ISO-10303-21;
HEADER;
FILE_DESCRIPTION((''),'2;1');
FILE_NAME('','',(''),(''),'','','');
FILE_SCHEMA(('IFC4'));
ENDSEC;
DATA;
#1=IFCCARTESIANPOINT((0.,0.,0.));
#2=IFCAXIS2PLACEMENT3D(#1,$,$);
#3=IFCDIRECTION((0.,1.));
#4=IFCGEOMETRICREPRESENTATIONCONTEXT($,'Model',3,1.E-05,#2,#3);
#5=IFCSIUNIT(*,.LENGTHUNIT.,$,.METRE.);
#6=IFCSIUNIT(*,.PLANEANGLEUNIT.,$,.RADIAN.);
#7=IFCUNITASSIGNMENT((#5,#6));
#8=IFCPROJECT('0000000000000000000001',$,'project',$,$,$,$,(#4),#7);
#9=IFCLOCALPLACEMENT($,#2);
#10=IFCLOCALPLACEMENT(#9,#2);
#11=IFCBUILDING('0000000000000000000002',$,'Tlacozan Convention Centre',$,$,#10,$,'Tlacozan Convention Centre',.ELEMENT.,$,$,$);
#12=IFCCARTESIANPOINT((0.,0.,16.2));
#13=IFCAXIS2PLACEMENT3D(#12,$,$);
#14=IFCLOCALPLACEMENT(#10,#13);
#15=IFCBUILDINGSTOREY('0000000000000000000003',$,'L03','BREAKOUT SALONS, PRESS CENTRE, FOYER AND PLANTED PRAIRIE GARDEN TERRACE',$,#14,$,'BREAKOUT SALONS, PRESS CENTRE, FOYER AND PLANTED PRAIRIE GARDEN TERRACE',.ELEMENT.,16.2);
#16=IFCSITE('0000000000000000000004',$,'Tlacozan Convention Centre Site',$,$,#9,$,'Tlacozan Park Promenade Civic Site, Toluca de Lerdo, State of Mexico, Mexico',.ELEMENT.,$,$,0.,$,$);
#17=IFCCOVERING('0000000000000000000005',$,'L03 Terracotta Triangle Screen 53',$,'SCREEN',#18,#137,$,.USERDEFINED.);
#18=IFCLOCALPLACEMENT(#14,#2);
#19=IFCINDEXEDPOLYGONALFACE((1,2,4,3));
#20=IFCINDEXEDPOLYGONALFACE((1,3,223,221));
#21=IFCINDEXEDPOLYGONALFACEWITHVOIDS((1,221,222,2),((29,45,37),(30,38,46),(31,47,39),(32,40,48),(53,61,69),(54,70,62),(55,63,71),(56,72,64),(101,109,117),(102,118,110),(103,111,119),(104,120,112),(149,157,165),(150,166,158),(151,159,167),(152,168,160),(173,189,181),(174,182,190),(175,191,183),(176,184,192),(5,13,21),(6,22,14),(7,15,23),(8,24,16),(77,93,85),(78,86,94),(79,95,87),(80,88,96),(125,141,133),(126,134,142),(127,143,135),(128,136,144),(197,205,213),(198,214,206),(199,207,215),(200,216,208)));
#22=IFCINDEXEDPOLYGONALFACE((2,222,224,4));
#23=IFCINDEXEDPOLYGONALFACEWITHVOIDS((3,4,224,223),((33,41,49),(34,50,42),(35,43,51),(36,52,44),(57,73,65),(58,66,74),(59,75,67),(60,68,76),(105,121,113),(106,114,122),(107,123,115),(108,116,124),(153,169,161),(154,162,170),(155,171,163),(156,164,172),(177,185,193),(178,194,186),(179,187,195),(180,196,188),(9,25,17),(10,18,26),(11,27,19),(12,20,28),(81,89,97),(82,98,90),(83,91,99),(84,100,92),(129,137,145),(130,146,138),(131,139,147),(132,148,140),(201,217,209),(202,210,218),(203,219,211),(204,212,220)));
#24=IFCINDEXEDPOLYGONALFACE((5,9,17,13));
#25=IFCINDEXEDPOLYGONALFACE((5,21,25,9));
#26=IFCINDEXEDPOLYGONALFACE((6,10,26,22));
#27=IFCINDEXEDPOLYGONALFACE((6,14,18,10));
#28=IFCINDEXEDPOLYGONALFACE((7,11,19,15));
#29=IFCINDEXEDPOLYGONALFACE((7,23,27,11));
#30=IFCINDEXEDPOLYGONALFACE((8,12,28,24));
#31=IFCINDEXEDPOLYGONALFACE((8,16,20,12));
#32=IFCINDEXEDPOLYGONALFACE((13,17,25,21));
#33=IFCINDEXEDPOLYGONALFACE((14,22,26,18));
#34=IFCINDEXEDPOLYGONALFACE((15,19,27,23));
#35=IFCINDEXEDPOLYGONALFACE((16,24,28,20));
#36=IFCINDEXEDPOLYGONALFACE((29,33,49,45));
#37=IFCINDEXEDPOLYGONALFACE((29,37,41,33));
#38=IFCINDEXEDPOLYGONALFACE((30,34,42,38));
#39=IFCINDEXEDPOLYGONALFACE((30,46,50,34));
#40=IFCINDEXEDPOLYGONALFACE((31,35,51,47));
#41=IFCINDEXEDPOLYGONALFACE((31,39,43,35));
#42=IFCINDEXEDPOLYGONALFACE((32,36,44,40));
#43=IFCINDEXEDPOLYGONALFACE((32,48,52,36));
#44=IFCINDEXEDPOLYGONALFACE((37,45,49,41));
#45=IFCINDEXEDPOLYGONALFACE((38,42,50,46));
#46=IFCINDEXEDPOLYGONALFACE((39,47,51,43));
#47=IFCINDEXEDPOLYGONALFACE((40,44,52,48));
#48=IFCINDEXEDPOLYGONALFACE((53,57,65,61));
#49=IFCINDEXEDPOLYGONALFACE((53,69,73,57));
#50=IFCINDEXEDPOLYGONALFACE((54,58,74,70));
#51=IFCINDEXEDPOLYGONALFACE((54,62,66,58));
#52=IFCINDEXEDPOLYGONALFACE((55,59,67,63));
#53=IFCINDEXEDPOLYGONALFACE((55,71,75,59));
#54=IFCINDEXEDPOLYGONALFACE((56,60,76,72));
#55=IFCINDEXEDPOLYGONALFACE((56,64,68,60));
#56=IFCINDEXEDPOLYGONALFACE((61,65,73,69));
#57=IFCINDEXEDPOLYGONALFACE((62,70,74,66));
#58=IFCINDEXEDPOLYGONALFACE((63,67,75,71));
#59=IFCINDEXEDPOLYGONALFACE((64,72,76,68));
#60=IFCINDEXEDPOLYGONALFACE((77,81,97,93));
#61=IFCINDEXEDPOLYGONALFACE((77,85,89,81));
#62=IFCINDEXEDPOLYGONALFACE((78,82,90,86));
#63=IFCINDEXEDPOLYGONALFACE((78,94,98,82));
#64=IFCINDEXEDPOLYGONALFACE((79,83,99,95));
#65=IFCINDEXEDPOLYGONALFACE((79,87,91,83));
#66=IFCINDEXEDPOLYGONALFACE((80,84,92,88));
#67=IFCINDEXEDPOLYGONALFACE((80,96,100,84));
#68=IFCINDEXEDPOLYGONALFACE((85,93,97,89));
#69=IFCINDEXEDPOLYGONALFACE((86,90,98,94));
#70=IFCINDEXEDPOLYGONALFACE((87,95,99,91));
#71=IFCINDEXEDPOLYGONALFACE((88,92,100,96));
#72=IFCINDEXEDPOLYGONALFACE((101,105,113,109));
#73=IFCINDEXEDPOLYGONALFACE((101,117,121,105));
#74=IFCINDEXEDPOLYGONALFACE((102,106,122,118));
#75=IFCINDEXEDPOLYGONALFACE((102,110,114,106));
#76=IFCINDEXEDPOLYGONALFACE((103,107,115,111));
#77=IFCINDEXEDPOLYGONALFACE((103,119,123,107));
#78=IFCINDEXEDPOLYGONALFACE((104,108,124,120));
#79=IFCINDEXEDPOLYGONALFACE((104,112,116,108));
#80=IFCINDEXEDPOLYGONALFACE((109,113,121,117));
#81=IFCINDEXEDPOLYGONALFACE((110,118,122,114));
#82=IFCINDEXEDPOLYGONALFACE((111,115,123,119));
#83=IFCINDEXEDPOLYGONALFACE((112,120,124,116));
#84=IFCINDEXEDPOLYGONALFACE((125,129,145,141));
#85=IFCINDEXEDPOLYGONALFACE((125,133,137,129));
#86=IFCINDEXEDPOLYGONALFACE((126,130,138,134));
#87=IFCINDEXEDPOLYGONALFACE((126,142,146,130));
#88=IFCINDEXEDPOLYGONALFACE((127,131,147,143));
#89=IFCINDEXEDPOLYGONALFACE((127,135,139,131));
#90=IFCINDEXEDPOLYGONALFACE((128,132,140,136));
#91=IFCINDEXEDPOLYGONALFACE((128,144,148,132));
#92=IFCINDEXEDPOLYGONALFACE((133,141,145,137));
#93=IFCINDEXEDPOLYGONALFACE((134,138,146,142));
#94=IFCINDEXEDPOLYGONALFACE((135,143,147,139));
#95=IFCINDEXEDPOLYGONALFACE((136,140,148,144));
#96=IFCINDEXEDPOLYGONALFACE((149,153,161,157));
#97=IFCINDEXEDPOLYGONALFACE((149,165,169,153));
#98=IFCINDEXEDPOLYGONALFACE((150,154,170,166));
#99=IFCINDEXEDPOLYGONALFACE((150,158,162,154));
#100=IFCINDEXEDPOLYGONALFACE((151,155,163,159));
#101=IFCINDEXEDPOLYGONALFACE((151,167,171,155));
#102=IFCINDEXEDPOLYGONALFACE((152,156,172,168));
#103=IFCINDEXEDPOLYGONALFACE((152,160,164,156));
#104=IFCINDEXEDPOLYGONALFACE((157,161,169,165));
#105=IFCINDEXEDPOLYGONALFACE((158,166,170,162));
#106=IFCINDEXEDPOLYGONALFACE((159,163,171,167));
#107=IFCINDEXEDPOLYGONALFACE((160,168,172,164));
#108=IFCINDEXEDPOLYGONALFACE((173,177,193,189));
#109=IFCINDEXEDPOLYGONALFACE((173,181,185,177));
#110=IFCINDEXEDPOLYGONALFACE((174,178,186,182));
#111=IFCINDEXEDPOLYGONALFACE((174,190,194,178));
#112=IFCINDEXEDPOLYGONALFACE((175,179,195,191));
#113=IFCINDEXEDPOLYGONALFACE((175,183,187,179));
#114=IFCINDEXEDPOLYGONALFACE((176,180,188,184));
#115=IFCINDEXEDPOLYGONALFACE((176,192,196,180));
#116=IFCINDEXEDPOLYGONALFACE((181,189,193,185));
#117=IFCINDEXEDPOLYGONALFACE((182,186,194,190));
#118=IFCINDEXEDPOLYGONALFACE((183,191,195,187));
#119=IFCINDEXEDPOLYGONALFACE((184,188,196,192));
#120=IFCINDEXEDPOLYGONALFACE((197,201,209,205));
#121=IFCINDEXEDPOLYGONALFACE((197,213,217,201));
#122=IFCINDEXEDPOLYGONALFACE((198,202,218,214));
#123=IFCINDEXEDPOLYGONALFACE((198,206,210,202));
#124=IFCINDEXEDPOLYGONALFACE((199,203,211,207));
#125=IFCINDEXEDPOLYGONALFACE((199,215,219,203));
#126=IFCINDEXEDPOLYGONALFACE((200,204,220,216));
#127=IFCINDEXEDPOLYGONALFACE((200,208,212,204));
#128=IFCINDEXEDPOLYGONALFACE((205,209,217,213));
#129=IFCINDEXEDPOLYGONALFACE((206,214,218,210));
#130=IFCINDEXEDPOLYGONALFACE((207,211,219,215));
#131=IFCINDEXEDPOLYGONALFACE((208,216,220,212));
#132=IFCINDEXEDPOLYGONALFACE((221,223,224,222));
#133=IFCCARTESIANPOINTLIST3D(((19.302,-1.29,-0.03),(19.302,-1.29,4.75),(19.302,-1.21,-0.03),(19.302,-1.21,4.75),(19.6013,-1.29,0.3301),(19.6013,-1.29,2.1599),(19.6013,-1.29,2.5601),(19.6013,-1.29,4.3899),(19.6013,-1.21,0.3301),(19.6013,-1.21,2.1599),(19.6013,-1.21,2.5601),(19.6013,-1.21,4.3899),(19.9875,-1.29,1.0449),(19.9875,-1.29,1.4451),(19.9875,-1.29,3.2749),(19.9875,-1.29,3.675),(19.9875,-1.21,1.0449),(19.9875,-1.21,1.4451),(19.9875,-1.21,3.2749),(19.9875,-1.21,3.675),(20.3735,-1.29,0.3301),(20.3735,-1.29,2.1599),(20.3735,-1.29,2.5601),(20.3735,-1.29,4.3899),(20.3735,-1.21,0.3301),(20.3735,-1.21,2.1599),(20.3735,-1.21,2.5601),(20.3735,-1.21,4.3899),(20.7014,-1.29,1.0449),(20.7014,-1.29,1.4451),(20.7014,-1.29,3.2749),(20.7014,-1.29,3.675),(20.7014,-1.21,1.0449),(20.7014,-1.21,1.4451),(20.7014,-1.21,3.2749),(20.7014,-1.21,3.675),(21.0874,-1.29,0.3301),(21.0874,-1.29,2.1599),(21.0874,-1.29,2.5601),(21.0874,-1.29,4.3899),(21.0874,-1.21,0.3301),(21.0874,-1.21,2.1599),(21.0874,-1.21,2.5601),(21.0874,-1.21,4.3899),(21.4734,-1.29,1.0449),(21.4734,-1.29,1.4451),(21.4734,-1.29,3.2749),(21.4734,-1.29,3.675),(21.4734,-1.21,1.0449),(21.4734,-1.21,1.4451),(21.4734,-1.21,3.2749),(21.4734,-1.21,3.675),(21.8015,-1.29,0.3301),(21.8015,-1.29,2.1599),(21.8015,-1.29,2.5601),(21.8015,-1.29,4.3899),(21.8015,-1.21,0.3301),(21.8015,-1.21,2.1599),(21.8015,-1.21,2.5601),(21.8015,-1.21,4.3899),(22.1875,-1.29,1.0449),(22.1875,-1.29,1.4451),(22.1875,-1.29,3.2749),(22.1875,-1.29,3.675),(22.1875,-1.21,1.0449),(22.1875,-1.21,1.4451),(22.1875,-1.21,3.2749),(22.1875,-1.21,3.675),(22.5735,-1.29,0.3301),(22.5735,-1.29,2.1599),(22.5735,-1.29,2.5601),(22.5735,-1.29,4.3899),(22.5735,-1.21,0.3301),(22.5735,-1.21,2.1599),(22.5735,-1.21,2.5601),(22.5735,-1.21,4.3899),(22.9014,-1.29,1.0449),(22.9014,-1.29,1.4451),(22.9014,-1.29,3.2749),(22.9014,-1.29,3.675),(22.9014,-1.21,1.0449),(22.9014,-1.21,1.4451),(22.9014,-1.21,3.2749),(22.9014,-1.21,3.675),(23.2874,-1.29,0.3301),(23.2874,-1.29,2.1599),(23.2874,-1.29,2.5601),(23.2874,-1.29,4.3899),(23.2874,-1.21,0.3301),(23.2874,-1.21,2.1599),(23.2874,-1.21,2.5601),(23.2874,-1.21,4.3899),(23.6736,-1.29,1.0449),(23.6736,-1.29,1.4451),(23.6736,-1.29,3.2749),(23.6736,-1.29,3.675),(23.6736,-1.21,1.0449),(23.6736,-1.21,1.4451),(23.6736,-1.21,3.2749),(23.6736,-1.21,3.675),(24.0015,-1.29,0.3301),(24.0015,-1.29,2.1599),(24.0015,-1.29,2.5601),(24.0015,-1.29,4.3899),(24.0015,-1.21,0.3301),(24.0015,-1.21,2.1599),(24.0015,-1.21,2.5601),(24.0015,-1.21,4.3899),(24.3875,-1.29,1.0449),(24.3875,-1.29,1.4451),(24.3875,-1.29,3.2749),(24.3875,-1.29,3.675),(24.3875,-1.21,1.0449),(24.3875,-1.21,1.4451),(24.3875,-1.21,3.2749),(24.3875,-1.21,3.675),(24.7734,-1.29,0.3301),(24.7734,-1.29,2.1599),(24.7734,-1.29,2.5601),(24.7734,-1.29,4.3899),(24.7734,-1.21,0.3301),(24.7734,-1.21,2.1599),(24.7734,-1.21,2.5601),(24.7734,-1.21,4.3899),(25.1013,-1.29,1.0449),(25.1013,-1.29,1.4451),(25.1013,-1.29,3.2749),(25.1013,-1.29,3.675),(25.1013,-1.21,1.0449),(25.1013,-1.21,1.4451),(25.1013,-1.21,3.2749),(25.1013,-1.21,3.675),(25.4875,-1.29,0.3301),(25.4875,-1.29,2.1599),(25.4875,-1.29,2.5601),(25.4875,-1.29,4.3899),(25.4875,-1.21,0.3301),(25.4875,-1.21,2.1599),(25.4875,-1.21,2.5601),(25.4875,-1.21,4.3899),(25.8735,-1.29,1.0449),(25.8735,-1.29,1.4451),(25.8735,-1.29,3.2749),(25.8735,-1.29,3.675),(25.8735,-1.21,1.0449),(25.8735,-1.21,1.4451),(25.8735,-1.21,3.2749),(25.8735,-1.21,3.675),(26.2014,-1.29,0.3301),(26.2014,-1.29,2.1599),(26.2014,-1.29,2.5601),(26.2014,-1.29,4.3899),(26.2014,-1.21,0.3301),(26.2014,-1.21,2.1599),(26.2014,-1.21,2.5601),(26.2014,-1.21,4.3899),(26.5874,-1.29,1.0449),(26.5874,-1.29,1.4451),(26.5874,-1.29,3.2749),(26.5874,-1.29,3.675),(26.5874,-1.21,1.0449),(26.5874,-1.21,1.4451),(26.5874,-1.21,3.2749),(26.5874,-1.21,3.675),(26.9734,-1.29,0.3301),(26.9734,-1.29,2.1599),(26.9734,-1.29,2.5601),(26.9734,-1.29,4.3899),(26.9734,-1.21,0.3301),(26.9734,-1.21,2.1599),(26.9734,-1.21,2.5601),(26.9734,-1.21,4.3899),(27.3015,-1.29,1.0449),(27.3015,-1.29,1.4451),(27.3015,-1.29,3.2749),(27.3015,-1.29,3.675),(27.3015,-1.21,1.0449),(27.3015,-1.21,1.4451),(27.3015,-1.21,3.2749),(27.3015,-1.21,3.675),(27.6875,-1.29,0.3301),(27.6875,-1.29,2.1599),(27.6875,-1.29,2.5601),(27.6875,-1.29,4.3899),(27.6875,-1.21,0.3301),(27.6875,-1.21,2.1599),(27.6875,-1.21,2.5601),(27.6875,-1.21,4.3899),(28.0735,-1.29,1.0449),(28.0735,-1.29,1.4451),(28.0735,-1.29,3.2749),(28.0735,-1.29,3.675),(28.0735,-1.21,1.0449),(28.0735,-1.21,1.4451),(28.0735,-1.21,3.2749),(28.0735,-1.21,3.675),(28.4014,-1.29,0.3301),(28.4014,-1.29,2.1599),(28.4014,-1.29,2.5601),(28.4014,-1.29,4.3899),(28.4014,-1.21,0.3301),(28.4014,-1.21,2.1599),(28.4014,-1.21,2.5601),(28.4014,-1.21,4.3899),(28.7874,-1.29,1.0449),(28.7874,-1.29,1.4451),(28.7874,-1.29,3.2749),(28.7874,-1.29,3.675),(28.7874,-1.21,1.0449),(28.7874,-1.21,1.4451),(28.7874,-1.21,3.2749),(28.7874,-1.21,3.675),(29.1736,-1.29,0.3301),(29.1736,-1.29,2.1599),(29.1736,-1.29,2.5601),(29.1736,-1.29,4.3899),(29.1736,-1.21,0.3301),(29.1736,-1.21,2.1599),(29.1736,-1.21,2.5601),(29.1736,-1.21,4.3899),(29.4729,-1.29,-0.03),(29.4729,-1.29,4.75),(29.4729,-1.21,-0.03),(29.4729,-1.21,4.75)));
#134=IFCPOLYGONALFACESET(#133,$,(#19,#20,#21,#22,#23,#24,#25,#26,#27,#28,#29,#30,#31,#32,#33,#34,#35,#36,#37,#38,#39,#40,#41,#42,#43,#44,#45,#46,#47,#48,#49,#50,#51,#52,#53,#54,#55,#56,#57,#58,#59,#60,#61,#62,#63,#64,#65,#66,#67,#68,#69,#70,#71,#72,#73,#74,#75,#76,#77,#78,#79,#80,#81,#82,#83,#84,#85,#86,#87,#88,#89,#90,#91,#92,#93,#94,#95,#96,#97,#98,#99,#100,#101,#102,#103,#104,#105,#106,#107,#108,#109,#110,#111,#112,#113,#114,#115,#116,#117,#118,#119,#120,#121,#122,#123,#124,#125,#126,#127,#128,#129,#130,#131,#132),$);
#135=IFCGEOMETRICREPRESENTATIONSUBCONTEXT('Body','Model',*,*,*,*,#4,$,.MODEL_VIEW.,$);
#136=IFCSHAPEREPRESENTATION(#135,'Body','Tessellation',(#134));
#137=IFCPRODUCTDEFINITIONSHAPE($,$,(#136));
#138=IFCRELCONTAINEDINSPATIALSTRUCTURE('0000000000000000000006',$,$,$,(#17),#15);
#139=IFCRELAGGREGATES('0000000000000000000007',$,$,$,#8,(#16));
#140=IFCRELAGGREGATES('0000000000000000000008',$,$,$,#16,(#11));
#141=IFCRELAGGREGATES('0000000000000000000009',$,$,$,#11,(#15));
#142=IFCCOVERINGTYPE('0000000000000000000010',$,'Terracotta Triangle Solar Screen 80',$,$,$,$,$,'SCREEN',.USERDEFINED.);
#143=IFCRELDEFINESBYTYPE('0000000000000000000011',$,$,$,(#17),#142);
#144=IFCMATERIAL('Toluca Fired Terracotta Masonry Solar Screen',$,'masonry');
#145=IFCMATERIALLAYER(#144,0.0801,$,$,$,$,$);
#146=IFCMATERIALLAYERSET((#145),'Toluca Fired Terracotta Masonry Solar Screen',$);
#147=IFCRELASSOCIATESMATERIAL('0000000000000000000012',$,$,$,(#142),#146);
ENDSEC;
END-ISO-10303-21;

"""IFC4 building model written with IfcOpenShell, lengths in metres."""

from ifc_helpers import new_model, si_unit, direction, frame, origin, place, context, subcontext, project, spatial, polyline, outline, extrude, material, layer, layer_set, type_object, element, save


model = new_model("IFC4")

# Units and contexts
model_context = context("Model", 3, precision=1e-05, world=origin(), true_north=direction((0.0, 1.0)))
body_context = subcontext(model_context, "Body", "Model", "MODEL_VIEW")
ifc_project = project(units=[si_unit("LENGTHUNIT", "METRE"), si_unit("PLANEANGLEUNIT", "RADIAN")], contexts=[model_context])

# Site, building, storey
site_placement = place(None, origin())
site = spatial("IfcSite", under=ifc_project, at=site_placement, Name="Tlacozan Convention Centre Site", LongName="Tlacozan Park Promenade Civic Site, Toluca de Lerdo, State of Mexico, Mexico", CompositionType="ELEMENT", RefElevation=0.0)
building_placement = place(site_placement, origin())
building = spatial("IfcBuilding", under=site, at=building_placement, Name="Tlacozan Convention Centre", LongName="Tlacozan Convention Centre", CompositionType="ELEMENT")
storey_placement = place(building_placement, frame((0.0, 0.0, 16.2)))
storey = spatial("IfcBuildingStorey", under=building, at=storey_placement, Name="L03", Description="BREAKOUT SALONS, PRESS CENTRE, FOYER AND PLANTED PRAIRIE GARDEN TERRACE", LongName="BREAKOUT SALONS, PRESS CENTRE, FOYER AND PLANTED PRAIRIE GARDEN TERRACE", CompositionType="ELEMENT", Elevation=16.2)

# Covering
ifc_material_1 = material(Name="Toluca Fired Terracotta Masonry Solar Screen", Category="masonry")
ifc_layer_1 = layer(ifc_material_1, 0.0801)
ifc_layer_set_1 = layer_set([ifc_layer_1], Name="Toluca Fired Terracotta Masonry Solar Screen")
covering_type = type_object("IfcCoveringType", Name="Terracotta Triangle Solar Screen 80", ElementType="SCREEN", PredefinedType="USERDEFINED", material=ifc_layer_set_1)
covering_1_placement = place(storey_placement, frame((19.302, -1.25, -0.03), z_axis=(0.0, 0.0, 1.0), x_axis=(1.0, 0.0, 0.0)))
element("IfcCovering", 1, at=covering_1_placement, inside=storey, type_object=covering_type, Name="L03 Terracotta Triangle Screen 53", ObjectType="SCREEN", PredefinedType="USERDEFINED", context=body_context, shape_type="SweptSolid", body=[
    extrude(outline(polyline([(0.0, 0.0), (10.1709, 0.0), (10.1709, 4.78), (0.0, 4.78), (0.0, 0.0)]), holes=[polyline([(0.2993, 0.3601), (1.0715, 0.3601), (0.6855, 1.075), (0.2993, 0.3601)]), polyline([(1.3994, 1.075), (2.1714, 1.075), (1.7854, 0.3601), (1.3994, 1.075)]), polyline([(2.4995, 0.3601), (3.2715, 0.3601), (2.8855, 1.075), (2.4995, 0.3601)]), polyline([(3.5994, 1.075), (4.3716, 1.075), (3.9854, 0.3601), (3.5994, 1.075)]), polyline([(4.6995, 0.3601), (5.4714, 0.3601), (5.0854, 1.075), (4.6995, 0.3601)]), polyline([(5.7993, 1.075), (6.5715, 1.075), (6.1855, 0.3601), (5.7993, 1.075)]), polyline([(6.8994, 0.3601), (7.6714, 0.3601), (7.2854, 1.075), (6.8994, 0.3601)]), polyline([(7.9995, 1.075), (8.7715, 1.075), (8.3855, 0.3601), (7.9995, 1.075)]), polyline([(9.0994, 0.3601), (9.8716, 0.3601), (9.4854, 1.075), (9.0994, 0.3601)]), polyline([(0.2993, 2.1899), (1.0715, 2.1899), (0.6855, 1.4751), (0.2993, 2.1899)]), polyline([(1.3994, 1.4751), (2.1714, 1.4751), (1.7854, 2.1899), (1.3994, 1.4751)]), polyline([(2.4995, 2.1899), (3.2715, 2.1899), (2.8855, 1.4751), (2.4995, 2.1899)]), polyline([(3.5994, 1.4751), (4.3716, 1.4751), (3.9854, 2.1899), (3.5994, 1.4751)]), polyline([(4.6995, 2.1899), (5.4714, 2.1899), (5.0854, 1.4751), (4.6995, 2.1899)]), polyline([(5.7993, 1.4751), (6.5715, 1.4751), (6.1855, 2.1899), (5.7993, 1.4751)]), polyline([(6.8994, 2.1899), (7.6714, 2.1899), (7.2854, 1.4751), (6.8994, 2.1899)]), polyline([(7.9995, 1.4751), (8.7715, 1.4751), (8.3855, 2.1899), (7.9995, 1.4751)]), polyline([(9.0994, 2.1899), (9.8716, 2.1899), (9.4854, 1.4751), (9.0994, 2.1899)]), polyline([(0.2993, 2.5901), (1.0715, 2.5901), (0.6855, 3.3049), (0.2993, 2.5901)]), polyline([(1.3994, 3.3049), (2.1714, 3.3049), (1.7854, 2.5901), (1.3994, 3.3049)]), polyline([(2.4995, 2.5901), (3.2715, 2.5901), (2.8855, 3.3049), (2.4995, 2.5901)]), polyline([(3.5994, 3.3049), (4.3716, 3.3049), (3.9854, 2.5901), (3.5994, 3.3049)]), polyline([(4.6995, 2.5901), (5.4714, 2.5901), (5.0854, 3.3049), (4.6995, 2.5901)]), polyline([(5.7993, 3.3049), (6.5715, 3.3049), (6.1855, 2.5901), (5.7993, 3.3049)]), polyline([(6.8994, 2.5901), (7.6714, 2.5901), (7.2854, 3.3049), (6.8994, 2.5901)]), polyline([(7.9995, 3.3049), (8.7715, 3.3049), (8.3855, 2.5901), (7.9995, 3.3049)]), polyline([(9.0994, 2.5901), (9.8716, 2.5901), (9.4854, 3.3049), (9.0994, 2.5901)]), polyline([(0.2993, 4.4199), (1.0715, 4.4199), (0.6855, 3.7051), (0.2993, 4.4199)]), polyline([(1.3994, 3.7051), (2.1714, 3.7051), (1.7854, 4.4199), (1.3994, 3.7051)]), polyline([(2.4995, 4.4199), (3.2715, 4.4199), (2.8855, 3.7051), (2.4995, 4.4199)]), polyline([(3.5994, 3.7051), (4.3716, 3.7051), (3.9854, 4.4199), (3.5994, 3.7051)]), polyline([(4.6995, 4.4199), (5.4714, 4.4199), (5.0854, 3.7051), (4.6995, 4.4199)]), polyline([(5.7993, 3.7051), (6.5715, 3.7051), (6.1855, 4.4199), (5.7993, 3.7051)]), polyline([(6.8994, 4.4199), (7.6714, 4.4199), (7.2854, 3.7051), (6.8994, 4.4199)]), polyline([(7.9995, 3.7051), (8.7715, 3.7051), (8.3855, 4.4199), (7.9995, 3.7051)]), polyline([(9.0994, 4.4199), (9.8716, 4.4199), (9.4854, 3.7051), (9.0994, 4.4199)])]), frame((0.0, 0.04, 0.0), z_axis=(0.0, -1.0, 0.0), x_axis=(1.0, 0.0, 0.0)), (0.0, 0.0, 1.0), 0.0801),
])

save(model, "model.ifc")
